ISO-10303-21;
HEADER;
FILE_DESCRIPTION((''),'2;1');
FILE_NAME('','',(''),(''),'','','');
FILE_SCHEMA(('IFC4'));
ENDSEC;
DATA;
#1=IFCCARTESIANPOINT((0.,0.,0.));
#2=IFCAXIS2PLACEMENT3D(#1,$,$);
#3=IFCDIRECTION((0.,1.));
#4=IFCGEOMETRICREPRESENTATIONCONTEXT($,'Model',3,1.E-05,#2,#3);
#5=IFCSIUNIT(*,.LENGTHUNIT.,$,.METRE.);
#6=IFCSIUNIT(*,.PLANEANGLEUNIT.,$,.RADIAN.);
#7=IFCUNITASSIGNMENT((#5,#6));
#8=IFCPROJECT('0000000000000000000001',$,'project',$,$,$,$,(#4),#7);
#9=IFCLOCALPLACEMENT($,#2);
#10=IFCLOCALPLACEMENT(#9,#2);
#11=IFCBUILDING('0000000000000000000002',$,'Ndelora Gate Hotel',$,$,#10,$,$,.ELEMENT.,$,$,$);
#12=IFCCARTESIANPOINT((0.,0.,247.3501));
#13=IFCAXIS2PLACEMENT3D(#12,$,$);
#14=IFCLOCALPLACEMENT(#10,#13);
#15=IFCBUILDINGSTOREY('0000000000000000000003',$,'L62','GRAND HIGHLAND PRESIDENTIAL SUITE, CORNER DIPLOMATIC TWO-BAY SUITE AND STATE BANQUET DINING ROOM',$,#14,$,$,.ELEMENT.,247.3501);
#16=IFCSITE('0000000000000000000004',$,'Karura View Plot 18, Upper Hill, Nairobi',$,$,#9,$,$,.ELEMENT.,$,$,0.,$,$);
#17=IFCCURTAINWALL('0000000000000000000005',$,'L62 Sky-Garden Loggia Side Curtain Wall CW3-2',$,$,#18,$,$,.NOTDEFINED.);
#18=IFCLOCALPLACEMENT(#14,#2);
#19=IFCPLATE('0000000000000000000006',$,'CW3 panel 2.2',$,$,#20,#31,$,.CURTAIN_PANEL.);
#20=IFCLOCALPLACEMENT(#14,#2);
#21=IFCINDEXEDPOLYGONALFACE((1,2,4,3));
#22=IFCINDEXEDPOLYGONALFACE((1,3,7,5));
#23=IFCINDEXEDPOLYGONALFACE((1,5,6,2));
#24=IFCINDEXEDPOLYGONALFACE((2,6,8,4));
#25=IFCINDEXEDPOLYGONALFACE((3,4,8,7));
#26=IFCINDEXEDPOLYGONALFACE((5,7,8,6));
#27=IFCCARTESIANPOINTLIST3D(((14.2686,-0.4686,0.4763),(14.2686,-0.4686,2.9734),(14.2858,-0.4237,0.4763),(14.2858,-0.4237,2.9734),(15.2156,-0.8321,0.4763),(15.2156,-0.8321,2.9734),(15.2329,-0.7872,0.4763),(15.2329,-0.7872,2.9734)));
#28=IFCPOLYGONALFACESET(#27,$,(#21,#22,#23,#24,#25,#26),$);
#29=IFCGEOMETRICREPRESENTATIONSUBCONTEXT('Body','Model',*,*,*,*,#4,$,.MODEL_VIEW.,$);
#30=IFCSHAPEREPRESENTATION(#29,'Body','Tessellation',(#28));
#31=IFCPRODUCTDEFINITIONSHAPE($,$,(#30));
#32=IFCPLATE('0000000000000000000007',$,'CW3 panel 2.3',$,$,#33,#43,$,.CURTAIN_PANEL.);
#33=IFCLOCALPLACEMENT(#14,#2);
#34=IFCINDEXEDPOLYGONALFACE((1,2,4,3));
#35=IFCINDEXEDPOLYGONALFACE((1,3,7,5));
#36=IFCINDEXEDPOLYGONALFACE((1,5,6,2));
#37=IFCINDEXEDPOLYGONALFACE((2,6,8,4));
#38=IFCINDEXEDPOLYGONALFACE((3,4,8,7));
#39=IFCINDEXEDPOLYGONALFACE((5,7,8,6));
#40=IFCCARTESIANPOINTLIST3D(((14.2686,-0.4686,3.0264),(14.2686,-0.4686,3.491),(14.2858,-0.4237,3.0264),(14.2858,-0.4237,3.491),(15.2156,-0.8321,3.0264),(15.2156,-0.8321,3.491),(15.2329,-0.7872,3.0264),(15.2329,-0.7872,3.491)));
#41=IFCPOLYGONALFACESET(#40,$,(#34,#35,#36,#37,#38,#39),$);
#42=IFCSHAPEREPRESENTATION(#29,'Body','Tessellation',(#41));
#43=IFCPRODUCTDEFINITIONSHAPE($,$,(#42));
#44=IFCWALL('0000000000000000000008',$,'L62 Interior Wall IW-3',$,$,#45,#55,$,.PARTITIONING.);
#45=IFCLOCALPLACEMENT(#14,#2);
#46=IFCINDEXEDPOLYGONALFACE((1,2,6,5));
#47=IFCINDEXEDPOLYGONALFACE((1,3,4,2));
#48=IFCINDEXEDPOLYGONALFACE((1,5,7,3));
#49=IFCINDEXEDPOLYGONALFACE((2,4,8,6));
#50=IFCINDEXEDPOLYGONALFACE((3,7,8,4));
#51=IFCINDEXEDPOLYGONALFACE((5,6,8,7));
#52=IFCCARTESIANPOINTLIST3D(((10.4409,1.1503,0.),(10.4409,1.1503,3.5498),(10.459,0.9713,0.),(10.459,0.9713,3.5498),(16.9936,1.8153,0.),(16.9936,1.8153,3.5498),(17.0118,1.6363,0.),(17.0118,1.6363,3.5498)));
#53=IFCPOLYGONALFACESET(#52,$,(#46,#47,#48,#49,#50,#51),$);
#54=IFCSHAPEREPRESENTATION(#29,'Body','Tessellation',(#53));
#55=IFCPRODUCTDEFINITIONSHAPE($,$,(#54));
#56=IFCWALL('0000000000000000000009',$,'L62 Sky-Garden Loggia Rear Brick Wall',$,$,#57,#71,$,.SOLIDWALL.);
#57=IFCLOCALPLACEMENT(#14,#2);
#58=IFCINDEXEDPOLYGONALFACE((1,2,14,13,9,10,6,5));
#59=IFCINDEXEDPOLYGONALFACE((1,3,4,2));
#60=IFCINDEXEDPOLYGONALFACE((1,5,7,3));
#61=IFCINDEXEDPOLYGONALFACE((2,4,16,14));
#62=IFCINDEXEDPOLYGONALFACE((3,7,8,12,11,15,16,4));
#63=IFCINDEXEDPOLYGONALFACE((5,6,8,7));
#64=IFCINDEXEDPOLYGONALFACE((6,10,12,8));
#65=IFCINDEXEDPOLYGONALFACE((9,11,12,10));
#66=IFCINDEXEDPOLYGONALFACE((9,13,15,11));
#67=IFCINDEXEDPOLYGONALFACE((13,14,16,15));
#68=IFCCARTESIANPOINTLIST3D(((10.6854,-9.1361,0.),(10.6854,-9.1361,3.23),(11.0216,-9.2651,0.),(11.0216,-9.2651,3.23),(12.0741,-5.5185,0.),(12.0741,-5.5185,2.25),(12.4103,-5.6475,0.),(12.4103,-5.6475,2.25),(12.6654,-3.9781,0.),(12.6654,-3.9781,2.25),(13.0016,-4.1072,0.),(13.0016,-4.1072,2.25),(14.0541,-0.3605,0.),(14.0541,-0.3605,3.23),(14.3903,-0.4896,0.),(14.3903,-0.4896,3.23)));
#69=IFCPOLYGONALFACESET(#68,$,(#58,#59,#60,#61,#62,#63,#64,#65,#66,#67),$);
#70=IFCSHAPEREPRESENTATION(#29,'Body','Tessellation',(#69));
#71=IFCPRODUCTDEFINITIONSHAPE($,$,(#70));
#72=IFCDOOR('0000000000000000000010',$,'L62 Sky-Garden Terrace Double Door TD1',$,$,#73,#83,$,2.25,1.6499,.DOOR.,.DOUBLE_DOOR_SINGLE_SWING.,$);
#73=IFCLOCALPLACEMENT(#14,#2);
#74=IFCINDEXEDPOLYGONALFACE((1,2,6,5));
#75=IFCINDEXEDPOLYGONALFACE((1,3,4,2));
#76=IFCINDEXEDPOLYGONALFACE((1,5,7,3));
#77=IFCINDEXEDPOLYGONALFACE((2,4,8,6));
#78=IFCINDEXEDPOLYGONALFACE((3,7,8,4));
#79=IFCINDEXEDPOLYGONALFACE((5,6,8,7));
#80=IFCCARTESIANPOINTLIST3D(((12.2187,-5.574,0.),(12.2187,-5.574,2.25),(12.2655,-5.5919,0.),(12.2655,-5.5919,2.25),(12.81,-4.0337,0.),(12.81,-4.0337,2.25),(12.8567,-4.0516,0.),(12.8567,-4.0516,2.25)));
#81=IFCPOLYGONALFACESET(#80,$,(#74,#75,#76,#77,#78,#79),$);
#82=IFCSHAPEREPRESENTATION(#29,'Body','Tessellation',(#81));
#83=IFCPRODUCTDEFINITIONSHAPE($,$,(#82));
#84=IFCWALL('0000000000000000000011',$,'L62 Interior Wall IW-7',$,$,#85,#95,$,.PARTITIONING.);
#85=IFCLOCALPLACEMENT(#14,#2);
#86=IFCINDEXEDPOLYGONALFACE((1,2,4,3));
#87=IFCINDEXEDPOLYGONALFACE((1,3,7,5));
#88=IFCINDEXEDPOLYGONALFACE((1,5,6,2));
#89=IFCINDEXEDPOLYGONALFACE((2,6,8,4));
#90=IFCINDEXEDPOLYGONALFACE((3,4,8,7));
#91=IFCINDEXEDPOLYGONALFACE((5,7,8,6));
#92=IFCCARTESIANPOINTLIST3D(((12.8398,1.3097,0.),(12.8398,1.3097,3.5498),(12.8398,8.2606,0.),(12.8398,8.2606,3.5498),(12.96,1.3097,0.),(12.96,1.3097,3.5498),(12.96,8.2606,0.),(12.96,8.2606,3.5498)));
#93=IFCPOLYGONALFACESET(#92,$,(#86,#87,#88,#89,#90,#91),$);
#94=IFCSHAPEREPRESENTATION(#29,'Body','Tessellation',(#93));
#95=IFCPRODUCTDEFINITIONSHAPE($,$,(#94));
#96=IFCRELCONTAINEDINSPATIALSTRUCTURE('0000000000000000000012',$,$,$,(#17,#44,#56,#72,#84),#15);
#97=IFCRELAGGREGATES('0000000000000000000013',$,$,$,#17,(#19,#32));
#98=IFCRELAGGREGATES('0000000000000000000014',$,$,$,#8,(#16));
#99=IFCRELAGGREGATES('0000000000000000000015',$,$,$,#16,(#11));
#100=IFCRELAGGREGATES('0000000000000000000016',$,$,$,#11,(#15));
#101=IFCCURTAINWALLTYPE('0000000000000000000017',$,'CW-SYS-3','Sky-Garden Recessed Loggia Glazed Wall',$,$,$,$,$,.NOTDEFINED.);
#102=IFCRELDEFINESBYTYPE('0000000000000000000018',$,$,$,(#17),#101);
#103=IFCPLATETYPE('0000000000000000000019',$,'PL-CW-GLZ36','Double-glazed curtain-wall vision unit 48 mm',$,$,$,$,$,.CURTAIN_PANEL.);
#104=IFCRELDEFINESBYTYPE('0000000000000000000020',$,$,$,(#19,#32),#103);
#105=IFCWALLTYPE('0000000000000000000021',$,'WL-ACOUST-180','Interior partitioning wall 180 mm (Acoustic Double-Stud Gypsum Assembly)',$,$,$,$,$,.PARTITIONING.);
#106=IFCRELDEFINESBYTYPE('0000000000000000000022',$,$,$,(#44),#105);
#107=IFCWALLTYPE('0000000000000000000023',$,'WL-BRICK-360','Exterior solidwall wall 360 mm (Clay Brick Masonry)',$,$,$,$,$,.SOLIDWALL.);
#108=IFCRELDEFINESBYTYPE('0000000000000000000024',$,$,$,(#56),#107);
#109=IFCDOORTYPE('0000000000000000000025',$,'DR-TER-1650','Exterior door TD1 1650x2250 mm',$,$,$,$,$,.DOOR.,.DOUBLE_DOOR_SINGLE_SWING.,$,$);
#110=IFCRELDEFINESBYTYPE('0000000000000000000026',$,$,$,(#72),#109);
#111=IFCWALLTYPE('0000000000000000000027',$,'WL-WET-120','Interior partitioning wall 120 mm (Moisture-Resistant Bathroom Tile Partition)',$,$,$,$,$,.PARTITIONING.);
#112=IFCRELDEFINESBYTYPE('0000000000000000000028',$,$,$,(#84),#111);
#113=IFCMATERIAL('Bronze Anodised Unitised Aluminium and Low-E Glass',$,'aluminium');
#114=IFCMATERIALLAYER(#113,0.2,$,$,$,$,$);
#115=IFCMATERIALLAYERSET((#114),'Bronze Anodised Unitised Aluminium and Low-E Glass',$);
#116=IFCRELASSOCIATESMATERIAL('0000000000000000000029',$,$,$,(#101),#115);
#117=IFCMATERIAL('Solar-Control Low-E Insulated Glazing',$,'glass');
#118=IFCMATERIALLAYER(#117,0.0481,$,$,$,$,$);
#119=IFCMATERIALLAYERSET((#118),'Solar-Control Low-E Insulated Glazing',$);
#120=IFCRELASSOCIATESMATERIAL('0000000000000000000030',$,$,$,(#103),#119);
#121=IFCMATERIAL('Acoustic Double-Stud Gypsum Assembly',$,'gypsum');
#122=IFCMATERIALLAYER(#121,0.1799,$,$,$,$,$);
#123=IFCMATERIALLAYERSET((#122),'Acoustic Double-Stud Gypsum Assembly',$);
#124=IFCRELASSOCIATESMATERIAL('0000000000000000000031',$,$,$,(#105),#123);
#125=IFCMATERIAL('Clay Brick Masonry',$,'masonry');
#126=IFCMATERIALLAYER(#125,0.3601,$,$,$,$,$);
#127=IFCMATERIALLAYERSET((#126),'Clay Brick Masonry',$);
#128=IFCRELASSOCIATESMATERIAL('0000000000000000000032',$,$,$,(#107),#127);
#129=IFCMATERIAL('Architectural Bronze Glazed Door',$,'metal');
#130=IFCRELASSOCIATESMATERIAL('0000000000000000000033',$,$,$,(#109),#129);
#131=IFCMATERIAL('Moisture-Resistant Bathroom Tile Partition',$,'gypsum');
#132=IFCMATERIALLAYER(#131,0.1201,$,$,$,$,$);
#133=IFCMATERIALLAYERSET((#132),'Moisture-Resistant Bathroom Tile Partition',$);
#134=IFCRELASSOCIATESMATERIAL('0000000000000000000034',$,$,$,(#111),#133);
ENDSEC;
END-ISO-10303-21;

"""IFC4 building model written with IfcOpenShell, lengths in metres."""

from ifc_helpers import new_model, si_unit, direction, frame, frame_2d, origin, origin_2d, place, context, subcontext, project, spatial, rectangle, extrude, material, layer, layer_set, type_object, element, fill, aggregate, save


model = new_model("IFC4")

# Units and contexts
model_context = context("Model", 3, precision=1e-05, world=origin(), true_north=direction((0.0, 1.0)))
body_context = subcontext(model_context, "Body", "Model", "MODEL_VIEW")
ifc_project = project(units=[si_unit("LENGTHUNIT", "METRE"), si_unit("PLANEANGLEUNIT", "RADIAN")], contexts=[model_context])

# Site, building, storey
site_placement = place(None, origin())
site = spatial("IfcSite", under=ifc_project, at=site_placement, Name="Karura View Plot 18, Upper Hill, Nairobi", CompositionType="ELEMENT", RefElevation=0.0)
building_placement = place(site_placement, origin())
building = spatial("IfcBuilding", under=site, at=building_placement, Name="Ndelora Gate Hotel", CompositionType="ELEMENT")
storey_placement = place(building_placement, frame((0.0, 0.0, 247.3501)))
storey = spatial("IfcBuildingStorey", under=building, at=storey_placement, Name="L62", Description="GRAND HIGHLAND PRESIDENTIAL SUITE, CORNER DIPLOMATIC TWO-BAY SUITE AND STATE BANQUET DINING ROOM", CompositionType="ELEMENT", Elevation=247.3501)

# Curtain wall, plates
ifc_material_1 = material(Name="Bronze Anodised Unitised Aluminium and Low-E Glass", Category="aluminium")
ifc_layer_1 = layer(ifc_material_1, 0.2)
ifc_layer_set_1 = layer_set([ifc_layer_1], Name="Bronze Anodised Unitised Aluminium and Low-E Glass")
curtain_wall_type = type_object("IfcCurtainWallType", Name="CW-SYS-3", Description="Sky-Garden Recessed Loggia Glazed Wall", PredefinedType="NOTDEFINED", material=ifc_layer_set_1)
curtain_wall_placement = place(storey_placement, origin())
curtain_wall = element("IfcCurtainWall", 1, at=curtain_wall_placement, inside=storey, type_object=curtain_wall_type, Name="L62 Sky-Garden Loggia Side Curtain Wall CW3-2", PredefinedType="NOTDEFINED")
ifc_material_2 = material(Name="Solar-Control Low-E Insulated Glazing", Category="glass")
ifc_layer_2 = layer(ifc_material_2, 0.0481)
ifc_layer_set_2 = layer_set([ifc_layer_2], Name="Solar-Control Low-E Insulated Glazing")
plate_type = type_object("IfcPlateType", Name="PL-CW-GLZ36", Description="Double-glazed curtain-wall vision unit 48 mm", PredefinedType="CURTAIN_PANEL", material=ifc_layer_set_2)
plate_1_placement = place(storey_placement, frame((14.7507, -0.6279, 0.4763), z_axis=(0.0, 0.0, 1.0), x_axis=(-0.933583, 0.358361, 0.0)))
plate_1 = element("IfcPlate", 2, at=plate_1_placement, type_object=plate_type, Name="CW3 panel 2.2", PredefinedType="CURTAIN_PANEL", context=body_context, shape_type="SweptSolid", body=[
    extrude(rectangle(XDim=1.0144, YDim=0.0481, at=origin_2d()), origin(), (0.0, 0.0, 1.0), 2.4971),
])
plate_2_placement = place(storey_placement, frame((14.7507, -0.6279, 3.0264), z_axis=(0.0, 0.0, 1.0), x_axis=(-0.933583, 0.358361, 0.0)))
plate_2 = element("IfcPlate", 3, at=plate_2_placement, type_object=plate_type, Name="CW3 panel 2.3", PredefinedType="CURTAIN_PANEL", context=body_context, shape_type="SweptSolid", body=[
    extrude(rectangle(XDim=1.0144, YDim=0.0481, at=origin_2d()), origin(), (0.0, 0.0, 1.0), 0.4646),
])
aggregate(curtain_wall, [plate_1, plate_2])

# Wall
ifc_material_3 = material(Name="Acoustic Double-Stud Gypsum Assembly", Category="gypsum")
ifc_layer_3 = layer(ifc_material_3, 0.1799)
ifc_layer_set_3 = layer_set([ifc_layer_3], Name="Acoustic Double-Stud Gypsum Assembly")
wall_type_1 = type_object("IfcWallType", Name="WL-ACOUST-180", Description="Interior partitioning wall 180 mm (Acoustic Double-Stud Gypsum Assembly)", PredefinedType="PARTITIONING", material=ifc_layer_set_3)
wall_1_placement = place(storey_placement, frame((10.45, 1.0608, 0.0), z_axis=(0.0, 0.0, 1.0), x_axis=(0.994889, 0.100972, 0.0)))
element("IfcWall", 4, at=wall_1_placement, inside=storey, type_object=wall_type_1, Name="L62 Interior Wall IW-3", PredefinedType="PARTITIONING", context=body_context, shape_type="SweptSolid", body=[
    extrude(rectangle(XDim=6.5864, YDim=0.1799, at=frame_2d((3.2932, 0.0))), origin(), (0.0, 0.0, 1.0), 3.5498),
])

# Wall, opening, door
ifc_material_4 = material(Name="Clay Brick Masonry", Category="masonry")
ifc_layer_4 = layer(ifc_material_4, 0.3601)
ifc_layer_set_4 = layer_set([ifc_layer_4], Name="Clay Brick Masonry")
wall_type_2 = type_object("IfcWallType", Name="WL-BRICK-360", Description="Exterior solidwall wall 360 mm (Clay Brick Masonry)", PredefinedType="SOLIDWALL", material=ifc_layer_set_4)
wall_2_placement = place(storey_placement, frame((14.2222, -0.425, 0.0), z_axis=(0.0, 0.0, 1.0), x_axis=(-0.358368, -0.93358, 0.0)))
wall_2 = element("IfcWall", 5, at=wall_2_placement, inside=storey, type_object=wall_type_2, Name="L62 Sky-Garden Loggia Rear Brick Wall", PredefinedType="SOLIDWALL", context=body_context, shape_type="SweptSolid", body=[
    extrude(rectangle(XDim=9.3999, YDim=0.3601, at=frame_2d((4.7, 0.0))), origin(), (0.0, 0.0, 1.0), 3.23),
])
opening_placement = place(wall_2_placement, frame((3.875, 0.0, 0.0)))
opening = element("IfcOpeningElement", 6, at=opening_placement, cuts=wall_2, PredefinedType="OPENING", context=body_context, shape_type="SweptSolid", body=[
    extrude(rectangle(XDim=1.6499, YDim=2.25, at=frame_2d((0.825, 1.125))), frame((0.0, 0.1899, 0.0), z_axis=(0.0, -1.0, 0.0), x_axis=(1.0, 0.0, 0.0)), (0.0, 0.0, 1.0), 0.3801),
])
ifc_material_5 = material(Name="Architectural Bronze Glazed Door", Category="metal")
door_type = type_object("IfcDoorType", Name="DR-TER-1650", Description="Exterior door TD1 1650x2250 mm", OperationType="DOUBLE_DOOR_SINGLE_SWING", PredefinedType="DOOR", material=ifc_material_5)
door_placement = place(opening_placement, origin())
door = element("IfcDoor", 7, at=door_placement, inside=storey, type_object=door_type, Name="L62 Sky-Garden Terrace Double Door TD1", OperationType="DOUBLE_DOOR_SINGLE_SWING", OverallHeight=2.25, OverallWidth=1.6499, PredefinedType="DOOR", context=body_context, shape_type="SweptSolid", body=[
    extrude(rectangle(XDim=1.6499, YDim=2.25, at=frame_2d((0.825, 1.125))), frame((0.0, 0.0249, 0.0), z_axis=(0.0, -1.0, 0.0), x_axis=(1.0, 0.0, 0.0)), (0.0, 0.0, 1.0), 0.05),
])
fill(opening, door)

# Wall
ifc_material_6 = material(Name="Moisture-Resistant Bathroom Tile Partition", Category="gypsum")
ifc_layer_5 = layer(ifc_material_6, 0.1201)
ifc_layer_set_5 = layer_set([ifc_layer_5], Name="Moisture-Resistant Bathroom Tile Partition")
wall_type_3 = type_object("IfcWallType", Name="WL-WET-120", Description="Interior partitioning wall 120 mm (Moisture-Resistant Bathroom Tile Partition)", PredefinedType="PARTITIONING", material=ifc_layer_set_5)
wall_3_placement = place(storey_placement, frame((12.8999, 1.3096, 0.0), z_axis=(0.0, 0.0, 1.0), x_axis=(0.0, 1.0, 0.0)))
element("IfcWall", 8, at=wall_3_placement, inside=storey, type_object=wall_type_3, Name="L62 Interior Wall IW-7", PredefinedType="PARTITIONING", context=body_context, shape_type="SweptSolid", body=[
    extrude(rectangle(XDim=6.9509, YDim=0.1201, at=frame_2d((3.4756, 0.0))), origin(), (0.0, 0.0, 1.0), 3.5498),
])

save(model, "model.ifc")
